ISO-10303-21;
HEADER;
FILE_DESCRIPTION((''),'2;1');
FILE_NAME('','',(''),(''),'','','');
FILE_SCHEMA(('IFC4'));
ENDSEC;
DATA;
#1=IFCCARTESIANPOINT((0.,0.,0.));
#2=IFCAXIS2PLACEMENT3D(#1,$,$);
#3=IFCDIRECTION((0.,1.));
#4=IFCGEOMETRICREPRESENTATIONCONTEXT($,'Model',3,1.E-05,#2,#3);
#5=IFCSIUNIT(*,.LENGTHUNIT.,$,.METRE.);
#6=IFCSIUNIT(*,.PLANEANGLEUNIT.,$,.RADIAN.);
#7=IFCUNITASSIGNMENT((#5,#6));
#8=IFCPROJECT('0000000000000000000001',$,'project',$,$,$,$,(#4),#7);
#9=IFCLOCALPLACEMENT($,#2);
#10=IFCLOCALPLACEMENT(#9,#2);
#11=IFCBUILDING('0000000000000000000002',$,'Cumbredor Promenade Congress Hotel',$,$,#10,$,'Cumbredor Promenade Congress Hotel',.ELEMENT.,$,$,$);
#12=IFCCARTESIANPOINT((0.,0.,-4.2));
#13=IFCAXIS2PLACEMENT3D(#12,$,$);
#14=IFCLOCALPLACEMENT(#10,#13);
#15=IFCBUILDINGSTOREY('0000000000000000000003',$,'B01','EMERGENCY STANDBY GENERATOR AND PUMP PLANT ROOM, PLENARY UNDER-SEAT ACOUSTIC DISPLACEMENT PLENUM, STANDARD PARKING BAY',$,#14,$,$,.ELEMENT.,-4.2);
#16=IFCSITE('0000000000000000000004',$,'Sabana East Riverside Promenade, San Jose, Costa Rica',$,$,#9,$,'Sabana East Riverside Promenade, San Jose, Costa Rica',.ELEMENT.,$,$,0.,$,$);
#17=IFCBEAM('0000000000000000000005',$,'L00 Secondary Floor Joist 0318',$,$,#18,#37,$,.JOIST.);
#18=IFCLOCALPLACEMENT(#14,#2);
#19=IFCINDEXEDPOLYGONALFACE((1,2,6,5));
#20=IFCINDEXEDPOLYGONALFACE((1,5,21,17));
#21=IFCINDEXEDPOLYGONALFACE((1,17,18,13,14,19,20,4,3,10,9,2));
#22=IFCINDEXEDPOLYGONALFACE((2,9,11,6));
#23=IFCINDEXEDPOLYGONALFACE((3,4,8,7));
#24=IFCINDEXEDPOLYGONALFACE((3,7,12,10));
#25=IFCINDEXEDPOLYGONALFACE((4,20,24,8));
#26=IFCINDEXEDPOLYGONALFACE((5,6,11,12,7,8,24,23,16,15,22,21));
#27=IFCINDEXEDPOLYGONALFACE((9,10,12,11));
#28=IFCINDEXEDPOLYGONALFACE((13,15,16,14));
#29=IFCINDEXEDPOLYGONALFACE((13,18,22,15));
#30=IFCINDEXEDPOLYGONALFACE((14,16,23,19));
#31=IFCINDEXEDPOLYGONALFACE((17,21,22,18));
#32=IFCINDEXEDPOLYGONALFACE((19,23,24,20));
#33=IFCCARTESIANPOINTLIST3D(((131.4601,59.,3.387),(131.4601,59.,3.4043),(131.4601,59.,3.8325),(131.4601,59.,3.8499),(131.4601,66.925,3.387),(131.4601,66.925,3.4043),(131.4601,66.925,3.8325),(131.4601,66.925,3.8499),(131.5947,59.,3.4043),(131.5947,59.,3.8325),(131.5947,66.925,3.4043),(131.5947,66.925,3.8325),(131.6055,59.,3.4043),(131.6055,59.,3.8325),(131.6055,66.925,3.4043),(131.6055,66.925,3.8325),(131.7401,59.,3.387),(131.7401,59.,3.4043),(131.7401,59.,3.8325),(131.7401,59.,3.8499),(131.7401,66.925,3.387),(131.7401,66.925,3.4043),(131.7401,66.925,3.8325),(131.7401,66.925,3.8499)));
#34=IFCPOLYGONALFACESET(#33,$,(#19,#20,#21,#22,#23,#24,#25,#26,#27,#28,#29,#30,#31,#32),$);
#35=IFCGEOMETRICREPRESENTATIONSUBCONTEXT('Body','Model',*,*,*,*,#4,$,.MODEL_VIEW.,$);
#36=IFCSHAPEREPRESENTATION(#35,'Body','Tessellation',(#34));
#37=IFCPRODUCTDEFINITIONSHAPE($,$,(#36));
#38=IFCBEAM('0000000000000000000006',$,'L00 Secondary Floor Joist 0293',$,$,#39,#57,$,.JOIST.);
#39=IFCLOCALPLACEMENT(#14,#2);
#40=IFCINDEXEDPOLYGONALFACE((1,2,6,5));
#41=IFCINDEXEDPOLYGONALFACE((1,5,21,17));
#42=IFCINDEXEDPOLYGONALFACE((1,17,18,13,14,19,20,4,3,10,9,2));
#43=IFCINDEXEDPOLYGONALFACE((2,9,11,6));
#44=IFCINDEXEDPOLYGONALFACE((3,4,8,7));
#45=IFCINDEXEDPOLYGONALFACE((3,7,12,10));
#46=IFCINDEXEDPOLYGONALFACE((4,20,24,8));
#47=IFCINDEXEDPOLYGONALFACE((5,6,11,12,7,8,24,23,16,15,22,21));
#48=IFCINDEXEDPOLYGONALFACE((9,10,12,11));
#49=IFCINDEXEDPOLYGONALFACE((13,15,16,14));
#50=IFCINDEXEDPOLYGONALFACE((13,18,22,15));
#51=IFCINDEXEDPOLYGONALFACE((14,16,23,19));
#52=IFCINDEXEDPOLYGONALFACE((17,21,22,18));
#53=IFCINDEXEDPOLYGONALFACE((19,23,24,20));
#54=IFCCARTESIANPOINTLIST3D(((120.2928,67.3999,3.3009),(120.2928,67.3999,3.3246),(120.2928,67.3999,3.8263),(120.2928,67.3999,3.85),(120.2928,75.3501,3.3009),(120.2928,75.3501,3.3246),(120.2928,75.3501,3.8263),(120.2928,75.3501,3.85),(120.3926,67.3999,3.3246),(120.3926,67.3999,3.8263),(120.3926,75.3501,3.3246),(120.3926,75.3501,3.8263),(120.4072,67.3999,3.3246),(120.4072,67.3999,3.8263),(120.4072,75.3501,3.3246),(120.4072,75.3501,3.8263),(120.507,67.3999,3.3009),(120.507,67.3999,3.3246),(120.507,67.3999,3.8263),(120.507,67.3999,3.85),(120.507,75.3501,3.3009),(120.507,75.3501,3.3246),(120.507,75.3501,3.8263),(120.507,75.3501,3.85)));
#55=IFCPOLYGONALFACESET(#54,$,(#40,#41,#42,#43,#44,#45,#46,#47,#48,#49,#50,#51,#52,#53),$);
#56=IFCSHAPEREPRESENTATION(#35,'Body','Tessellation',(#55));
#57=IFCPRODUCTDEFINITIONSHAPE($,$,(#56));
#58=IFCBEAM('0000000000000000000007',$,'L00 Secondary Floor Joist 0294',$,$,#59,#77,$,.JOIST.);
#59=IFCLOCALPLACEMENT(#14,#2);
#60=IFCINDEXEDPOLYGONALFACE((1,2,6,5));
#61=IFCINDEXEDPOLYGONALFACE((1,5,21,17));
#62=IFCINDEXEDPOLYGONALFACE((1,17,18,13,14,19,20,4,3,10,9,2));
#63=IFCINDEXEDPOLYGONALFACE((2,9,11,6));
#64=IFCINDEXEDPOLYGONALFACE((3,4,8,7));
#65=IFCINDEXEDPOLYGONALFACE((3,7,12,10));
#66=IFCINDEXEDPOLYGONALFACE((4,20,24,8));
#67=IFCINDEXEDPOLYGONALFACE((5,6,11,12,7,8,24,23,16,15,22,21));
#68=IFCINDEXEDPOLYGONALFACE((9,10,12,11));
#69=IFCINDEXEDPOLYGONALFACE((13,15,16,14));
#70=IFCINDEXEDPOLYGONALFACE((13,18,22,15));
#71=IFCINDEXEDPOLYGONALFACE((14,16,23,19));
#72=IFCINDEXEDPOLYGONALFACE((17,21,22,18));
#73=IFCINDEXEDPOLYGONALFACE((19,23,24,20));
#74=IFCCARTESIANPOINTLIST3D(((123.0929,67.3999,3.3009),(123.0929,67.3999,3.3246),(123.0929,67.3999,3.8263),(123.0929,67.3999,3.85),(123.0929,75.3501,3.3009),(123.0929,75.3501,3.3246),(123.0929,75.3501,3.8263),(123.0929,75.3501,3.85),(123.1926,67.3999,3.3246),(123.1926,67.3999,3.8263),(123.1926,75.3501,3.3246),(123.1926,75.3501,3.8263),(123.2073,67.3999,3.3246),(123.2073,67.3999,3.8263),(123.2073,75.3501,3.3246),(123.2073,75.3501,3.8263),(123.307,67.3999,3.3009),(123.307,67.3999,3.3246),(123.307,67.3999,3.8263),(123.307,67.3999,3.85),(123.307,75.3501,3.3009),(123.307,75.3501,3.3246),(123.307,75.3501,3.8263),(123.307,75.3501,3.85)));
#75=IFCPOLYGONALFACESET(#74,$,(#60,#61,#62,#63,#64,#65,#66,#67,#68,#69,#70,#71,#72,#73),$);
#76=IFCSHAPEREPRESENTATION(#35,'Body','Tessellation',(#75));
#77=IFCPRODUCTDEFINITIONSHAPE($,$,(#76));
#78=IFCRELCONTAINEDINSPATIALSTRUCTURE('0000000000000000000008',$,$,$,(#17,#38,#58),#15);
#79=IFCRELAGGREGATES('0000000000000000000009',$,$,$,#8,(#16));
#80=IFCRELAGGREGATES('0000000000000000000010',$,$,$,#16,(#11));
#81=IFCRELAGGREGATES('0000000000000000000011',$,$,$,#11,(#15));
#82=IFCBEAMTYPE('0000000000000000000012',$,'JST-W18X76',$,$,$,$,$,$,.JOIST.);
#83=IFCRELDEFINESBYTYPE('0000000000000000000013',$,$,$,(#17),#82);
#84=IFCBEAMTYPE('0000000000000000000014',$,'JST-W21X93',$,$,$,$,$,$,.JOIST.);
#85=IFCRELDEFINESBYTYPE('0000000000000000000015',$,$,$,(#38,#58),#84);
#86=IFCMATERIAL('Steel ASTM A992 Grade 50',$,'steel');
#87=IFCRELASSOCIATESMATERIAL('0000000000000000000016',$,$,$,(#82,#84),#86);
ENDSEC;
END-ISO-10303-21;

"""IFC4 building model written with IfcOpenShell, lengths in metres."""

from ifc_helpers import new_model, si_unit, direction, frame, origin, origin_2d, place, context, subcontext, project, spatial, i_section, extrude, material, material_profile, profile_set, type_object, element, save


model = new_model("IFC4")

# Units and contexts
model_context = context("Model", 3, precision=1e-05, world=origin(), true_north=direction((0.0, 1.0)))
body_context = subcontext(model_context, "Body", "Model", "MODEL_VIEW")
ifc_project = project(units=[si_unit("LENGTHUNIT", "METRE"), si_unit("PLANEANGLEUNIT", "RADIAN")], contexts=[model_context])

# Site, building, storey
site_placement = place(None, origin())
site = spatial("IfcSite", under=ifc_project, at=site_placement, Name="Sabana East Riverside Promenade, San Jose, Costa Rica", LongName="Sabana East Riverside Promenade, San Jose, Costa Rica", CompositionType="ELEMENT", RefElevation=0.0)
building_placement = place(site_placement, origin())
building = spatial("IfcBuilding", under=site, at=building_placement, Name="Cumbredor Promenade Congress Hotel", LongName="Cumbredor Promenade Congress Hotel", CompositionType="ELEMENT")
storey_placement = place(building_placement, frame((0.0, 0.0, -4.2)))
storey = spatial("IfcBuildingStorey", under=building, at=storey_placement, Name="B01", Description="EMERGENCY STANDBY GENERATOR AND PUMP PLANT ROOM, PLENARY UNDER-SEAT ACOUSTIC DISPLACEMENT PLENUM, STANDARD PARKING BAY", CompositionType="ELEMENT", Elevation=-4.2)

# Beams
ifc_material_1 = material(Name="Steel ASTM A992 Grade 50", Category="steel")
ifc_material_profile_1 = material_profile(ifc_material_1, i_section(OverallWidth=0.28, OverallDepth=0.4629, WebThickness=0.0107, FlangeThickness=0.0173, at=origin_2d()), Name="W18X76")
ifc_profile_set_1 = profile_set([ifc_material_profile_1], Name="Steel ASTM A992 Grade 50")
beam_type_1 = type_object("IfcBeamType", Name="JST-W18X76", PredefinedType="JOIST", material=ifc_profile_set_1)
for number, where, z_axis, x_axis, name in (
    (1, (131.6001, 59.0, 3.6184), (0.0, 1.0, 0.0), (-1.0, 0.0, 0.0), "L00 Secondary Floor Joist 0318"),
):
    element("IfcBeam", number, at=place(storey_placement, frame(where, z_axis=z_axis, x_axis=x_axis)), inside=storey, type_object=beam_type_1, Name=name, PredefinedType="JOIST", context=body_context, shape_type="SweptSolid", body=[
        extrude(i_section(OverallWidth=0.28, OverallDepth=0.4629, WebThickness=0.0107, FlangeThickness=0.0173, at=origin_2d()), origin(), (0.0, 0.0, 1.0), 7.925),
    ])
ifc_material_profile_2 = material_profile(ifc_material_1, i_section(OverallWidth=0.2141, OverallDepth=0.5491, WebThickness=0.0146, FlangeThickness=0.0237, at=origin_2d()), Name="W21X93")
ifc_profile_set_2 = profile_set([ifc_material_profile_2], Name="Steel ASTM A992 Grade 50")
beam_type_2 = type_object("IfcBeamType", Name="JST-W21X93", PredefinedType="JOIST", material=ifc_profile_set_2)
for number, where, z_axis, x_axis, name in (
    (2, (120.3999, 67.3999, 3.5754), (0.0, 1.0, 0.0), (-1.0, 0.0, 0.0), "L00 Secondary Floor Joist 0293"),
    (3, (123.2, 67.3999, 3.5754), (0.0, 1.0, 0.0), (-1.0, 0.0, 0.0), "L00 Secondary Floor Joist 0294"),
):
    element("IfcBeam", number, at=place(storey_placement, frame(where, z_axis=z_axis, x_axis=x_axis)), inside=storey, type_object=beam_type_2, Name=name, PredefinedType="JOIST", context=body_context, shape_type="SweptSolid", body=[
        extrude(i_section(OverallWidth=0.2141, OverallDepth=0.5491, WebThickness=0.0146, FlangeThickness=0.0237, at=origin_2d()), origin(), (0.0, 0.0, 1.0), 7.9502),
    ])

save(model, "model.ifc")
